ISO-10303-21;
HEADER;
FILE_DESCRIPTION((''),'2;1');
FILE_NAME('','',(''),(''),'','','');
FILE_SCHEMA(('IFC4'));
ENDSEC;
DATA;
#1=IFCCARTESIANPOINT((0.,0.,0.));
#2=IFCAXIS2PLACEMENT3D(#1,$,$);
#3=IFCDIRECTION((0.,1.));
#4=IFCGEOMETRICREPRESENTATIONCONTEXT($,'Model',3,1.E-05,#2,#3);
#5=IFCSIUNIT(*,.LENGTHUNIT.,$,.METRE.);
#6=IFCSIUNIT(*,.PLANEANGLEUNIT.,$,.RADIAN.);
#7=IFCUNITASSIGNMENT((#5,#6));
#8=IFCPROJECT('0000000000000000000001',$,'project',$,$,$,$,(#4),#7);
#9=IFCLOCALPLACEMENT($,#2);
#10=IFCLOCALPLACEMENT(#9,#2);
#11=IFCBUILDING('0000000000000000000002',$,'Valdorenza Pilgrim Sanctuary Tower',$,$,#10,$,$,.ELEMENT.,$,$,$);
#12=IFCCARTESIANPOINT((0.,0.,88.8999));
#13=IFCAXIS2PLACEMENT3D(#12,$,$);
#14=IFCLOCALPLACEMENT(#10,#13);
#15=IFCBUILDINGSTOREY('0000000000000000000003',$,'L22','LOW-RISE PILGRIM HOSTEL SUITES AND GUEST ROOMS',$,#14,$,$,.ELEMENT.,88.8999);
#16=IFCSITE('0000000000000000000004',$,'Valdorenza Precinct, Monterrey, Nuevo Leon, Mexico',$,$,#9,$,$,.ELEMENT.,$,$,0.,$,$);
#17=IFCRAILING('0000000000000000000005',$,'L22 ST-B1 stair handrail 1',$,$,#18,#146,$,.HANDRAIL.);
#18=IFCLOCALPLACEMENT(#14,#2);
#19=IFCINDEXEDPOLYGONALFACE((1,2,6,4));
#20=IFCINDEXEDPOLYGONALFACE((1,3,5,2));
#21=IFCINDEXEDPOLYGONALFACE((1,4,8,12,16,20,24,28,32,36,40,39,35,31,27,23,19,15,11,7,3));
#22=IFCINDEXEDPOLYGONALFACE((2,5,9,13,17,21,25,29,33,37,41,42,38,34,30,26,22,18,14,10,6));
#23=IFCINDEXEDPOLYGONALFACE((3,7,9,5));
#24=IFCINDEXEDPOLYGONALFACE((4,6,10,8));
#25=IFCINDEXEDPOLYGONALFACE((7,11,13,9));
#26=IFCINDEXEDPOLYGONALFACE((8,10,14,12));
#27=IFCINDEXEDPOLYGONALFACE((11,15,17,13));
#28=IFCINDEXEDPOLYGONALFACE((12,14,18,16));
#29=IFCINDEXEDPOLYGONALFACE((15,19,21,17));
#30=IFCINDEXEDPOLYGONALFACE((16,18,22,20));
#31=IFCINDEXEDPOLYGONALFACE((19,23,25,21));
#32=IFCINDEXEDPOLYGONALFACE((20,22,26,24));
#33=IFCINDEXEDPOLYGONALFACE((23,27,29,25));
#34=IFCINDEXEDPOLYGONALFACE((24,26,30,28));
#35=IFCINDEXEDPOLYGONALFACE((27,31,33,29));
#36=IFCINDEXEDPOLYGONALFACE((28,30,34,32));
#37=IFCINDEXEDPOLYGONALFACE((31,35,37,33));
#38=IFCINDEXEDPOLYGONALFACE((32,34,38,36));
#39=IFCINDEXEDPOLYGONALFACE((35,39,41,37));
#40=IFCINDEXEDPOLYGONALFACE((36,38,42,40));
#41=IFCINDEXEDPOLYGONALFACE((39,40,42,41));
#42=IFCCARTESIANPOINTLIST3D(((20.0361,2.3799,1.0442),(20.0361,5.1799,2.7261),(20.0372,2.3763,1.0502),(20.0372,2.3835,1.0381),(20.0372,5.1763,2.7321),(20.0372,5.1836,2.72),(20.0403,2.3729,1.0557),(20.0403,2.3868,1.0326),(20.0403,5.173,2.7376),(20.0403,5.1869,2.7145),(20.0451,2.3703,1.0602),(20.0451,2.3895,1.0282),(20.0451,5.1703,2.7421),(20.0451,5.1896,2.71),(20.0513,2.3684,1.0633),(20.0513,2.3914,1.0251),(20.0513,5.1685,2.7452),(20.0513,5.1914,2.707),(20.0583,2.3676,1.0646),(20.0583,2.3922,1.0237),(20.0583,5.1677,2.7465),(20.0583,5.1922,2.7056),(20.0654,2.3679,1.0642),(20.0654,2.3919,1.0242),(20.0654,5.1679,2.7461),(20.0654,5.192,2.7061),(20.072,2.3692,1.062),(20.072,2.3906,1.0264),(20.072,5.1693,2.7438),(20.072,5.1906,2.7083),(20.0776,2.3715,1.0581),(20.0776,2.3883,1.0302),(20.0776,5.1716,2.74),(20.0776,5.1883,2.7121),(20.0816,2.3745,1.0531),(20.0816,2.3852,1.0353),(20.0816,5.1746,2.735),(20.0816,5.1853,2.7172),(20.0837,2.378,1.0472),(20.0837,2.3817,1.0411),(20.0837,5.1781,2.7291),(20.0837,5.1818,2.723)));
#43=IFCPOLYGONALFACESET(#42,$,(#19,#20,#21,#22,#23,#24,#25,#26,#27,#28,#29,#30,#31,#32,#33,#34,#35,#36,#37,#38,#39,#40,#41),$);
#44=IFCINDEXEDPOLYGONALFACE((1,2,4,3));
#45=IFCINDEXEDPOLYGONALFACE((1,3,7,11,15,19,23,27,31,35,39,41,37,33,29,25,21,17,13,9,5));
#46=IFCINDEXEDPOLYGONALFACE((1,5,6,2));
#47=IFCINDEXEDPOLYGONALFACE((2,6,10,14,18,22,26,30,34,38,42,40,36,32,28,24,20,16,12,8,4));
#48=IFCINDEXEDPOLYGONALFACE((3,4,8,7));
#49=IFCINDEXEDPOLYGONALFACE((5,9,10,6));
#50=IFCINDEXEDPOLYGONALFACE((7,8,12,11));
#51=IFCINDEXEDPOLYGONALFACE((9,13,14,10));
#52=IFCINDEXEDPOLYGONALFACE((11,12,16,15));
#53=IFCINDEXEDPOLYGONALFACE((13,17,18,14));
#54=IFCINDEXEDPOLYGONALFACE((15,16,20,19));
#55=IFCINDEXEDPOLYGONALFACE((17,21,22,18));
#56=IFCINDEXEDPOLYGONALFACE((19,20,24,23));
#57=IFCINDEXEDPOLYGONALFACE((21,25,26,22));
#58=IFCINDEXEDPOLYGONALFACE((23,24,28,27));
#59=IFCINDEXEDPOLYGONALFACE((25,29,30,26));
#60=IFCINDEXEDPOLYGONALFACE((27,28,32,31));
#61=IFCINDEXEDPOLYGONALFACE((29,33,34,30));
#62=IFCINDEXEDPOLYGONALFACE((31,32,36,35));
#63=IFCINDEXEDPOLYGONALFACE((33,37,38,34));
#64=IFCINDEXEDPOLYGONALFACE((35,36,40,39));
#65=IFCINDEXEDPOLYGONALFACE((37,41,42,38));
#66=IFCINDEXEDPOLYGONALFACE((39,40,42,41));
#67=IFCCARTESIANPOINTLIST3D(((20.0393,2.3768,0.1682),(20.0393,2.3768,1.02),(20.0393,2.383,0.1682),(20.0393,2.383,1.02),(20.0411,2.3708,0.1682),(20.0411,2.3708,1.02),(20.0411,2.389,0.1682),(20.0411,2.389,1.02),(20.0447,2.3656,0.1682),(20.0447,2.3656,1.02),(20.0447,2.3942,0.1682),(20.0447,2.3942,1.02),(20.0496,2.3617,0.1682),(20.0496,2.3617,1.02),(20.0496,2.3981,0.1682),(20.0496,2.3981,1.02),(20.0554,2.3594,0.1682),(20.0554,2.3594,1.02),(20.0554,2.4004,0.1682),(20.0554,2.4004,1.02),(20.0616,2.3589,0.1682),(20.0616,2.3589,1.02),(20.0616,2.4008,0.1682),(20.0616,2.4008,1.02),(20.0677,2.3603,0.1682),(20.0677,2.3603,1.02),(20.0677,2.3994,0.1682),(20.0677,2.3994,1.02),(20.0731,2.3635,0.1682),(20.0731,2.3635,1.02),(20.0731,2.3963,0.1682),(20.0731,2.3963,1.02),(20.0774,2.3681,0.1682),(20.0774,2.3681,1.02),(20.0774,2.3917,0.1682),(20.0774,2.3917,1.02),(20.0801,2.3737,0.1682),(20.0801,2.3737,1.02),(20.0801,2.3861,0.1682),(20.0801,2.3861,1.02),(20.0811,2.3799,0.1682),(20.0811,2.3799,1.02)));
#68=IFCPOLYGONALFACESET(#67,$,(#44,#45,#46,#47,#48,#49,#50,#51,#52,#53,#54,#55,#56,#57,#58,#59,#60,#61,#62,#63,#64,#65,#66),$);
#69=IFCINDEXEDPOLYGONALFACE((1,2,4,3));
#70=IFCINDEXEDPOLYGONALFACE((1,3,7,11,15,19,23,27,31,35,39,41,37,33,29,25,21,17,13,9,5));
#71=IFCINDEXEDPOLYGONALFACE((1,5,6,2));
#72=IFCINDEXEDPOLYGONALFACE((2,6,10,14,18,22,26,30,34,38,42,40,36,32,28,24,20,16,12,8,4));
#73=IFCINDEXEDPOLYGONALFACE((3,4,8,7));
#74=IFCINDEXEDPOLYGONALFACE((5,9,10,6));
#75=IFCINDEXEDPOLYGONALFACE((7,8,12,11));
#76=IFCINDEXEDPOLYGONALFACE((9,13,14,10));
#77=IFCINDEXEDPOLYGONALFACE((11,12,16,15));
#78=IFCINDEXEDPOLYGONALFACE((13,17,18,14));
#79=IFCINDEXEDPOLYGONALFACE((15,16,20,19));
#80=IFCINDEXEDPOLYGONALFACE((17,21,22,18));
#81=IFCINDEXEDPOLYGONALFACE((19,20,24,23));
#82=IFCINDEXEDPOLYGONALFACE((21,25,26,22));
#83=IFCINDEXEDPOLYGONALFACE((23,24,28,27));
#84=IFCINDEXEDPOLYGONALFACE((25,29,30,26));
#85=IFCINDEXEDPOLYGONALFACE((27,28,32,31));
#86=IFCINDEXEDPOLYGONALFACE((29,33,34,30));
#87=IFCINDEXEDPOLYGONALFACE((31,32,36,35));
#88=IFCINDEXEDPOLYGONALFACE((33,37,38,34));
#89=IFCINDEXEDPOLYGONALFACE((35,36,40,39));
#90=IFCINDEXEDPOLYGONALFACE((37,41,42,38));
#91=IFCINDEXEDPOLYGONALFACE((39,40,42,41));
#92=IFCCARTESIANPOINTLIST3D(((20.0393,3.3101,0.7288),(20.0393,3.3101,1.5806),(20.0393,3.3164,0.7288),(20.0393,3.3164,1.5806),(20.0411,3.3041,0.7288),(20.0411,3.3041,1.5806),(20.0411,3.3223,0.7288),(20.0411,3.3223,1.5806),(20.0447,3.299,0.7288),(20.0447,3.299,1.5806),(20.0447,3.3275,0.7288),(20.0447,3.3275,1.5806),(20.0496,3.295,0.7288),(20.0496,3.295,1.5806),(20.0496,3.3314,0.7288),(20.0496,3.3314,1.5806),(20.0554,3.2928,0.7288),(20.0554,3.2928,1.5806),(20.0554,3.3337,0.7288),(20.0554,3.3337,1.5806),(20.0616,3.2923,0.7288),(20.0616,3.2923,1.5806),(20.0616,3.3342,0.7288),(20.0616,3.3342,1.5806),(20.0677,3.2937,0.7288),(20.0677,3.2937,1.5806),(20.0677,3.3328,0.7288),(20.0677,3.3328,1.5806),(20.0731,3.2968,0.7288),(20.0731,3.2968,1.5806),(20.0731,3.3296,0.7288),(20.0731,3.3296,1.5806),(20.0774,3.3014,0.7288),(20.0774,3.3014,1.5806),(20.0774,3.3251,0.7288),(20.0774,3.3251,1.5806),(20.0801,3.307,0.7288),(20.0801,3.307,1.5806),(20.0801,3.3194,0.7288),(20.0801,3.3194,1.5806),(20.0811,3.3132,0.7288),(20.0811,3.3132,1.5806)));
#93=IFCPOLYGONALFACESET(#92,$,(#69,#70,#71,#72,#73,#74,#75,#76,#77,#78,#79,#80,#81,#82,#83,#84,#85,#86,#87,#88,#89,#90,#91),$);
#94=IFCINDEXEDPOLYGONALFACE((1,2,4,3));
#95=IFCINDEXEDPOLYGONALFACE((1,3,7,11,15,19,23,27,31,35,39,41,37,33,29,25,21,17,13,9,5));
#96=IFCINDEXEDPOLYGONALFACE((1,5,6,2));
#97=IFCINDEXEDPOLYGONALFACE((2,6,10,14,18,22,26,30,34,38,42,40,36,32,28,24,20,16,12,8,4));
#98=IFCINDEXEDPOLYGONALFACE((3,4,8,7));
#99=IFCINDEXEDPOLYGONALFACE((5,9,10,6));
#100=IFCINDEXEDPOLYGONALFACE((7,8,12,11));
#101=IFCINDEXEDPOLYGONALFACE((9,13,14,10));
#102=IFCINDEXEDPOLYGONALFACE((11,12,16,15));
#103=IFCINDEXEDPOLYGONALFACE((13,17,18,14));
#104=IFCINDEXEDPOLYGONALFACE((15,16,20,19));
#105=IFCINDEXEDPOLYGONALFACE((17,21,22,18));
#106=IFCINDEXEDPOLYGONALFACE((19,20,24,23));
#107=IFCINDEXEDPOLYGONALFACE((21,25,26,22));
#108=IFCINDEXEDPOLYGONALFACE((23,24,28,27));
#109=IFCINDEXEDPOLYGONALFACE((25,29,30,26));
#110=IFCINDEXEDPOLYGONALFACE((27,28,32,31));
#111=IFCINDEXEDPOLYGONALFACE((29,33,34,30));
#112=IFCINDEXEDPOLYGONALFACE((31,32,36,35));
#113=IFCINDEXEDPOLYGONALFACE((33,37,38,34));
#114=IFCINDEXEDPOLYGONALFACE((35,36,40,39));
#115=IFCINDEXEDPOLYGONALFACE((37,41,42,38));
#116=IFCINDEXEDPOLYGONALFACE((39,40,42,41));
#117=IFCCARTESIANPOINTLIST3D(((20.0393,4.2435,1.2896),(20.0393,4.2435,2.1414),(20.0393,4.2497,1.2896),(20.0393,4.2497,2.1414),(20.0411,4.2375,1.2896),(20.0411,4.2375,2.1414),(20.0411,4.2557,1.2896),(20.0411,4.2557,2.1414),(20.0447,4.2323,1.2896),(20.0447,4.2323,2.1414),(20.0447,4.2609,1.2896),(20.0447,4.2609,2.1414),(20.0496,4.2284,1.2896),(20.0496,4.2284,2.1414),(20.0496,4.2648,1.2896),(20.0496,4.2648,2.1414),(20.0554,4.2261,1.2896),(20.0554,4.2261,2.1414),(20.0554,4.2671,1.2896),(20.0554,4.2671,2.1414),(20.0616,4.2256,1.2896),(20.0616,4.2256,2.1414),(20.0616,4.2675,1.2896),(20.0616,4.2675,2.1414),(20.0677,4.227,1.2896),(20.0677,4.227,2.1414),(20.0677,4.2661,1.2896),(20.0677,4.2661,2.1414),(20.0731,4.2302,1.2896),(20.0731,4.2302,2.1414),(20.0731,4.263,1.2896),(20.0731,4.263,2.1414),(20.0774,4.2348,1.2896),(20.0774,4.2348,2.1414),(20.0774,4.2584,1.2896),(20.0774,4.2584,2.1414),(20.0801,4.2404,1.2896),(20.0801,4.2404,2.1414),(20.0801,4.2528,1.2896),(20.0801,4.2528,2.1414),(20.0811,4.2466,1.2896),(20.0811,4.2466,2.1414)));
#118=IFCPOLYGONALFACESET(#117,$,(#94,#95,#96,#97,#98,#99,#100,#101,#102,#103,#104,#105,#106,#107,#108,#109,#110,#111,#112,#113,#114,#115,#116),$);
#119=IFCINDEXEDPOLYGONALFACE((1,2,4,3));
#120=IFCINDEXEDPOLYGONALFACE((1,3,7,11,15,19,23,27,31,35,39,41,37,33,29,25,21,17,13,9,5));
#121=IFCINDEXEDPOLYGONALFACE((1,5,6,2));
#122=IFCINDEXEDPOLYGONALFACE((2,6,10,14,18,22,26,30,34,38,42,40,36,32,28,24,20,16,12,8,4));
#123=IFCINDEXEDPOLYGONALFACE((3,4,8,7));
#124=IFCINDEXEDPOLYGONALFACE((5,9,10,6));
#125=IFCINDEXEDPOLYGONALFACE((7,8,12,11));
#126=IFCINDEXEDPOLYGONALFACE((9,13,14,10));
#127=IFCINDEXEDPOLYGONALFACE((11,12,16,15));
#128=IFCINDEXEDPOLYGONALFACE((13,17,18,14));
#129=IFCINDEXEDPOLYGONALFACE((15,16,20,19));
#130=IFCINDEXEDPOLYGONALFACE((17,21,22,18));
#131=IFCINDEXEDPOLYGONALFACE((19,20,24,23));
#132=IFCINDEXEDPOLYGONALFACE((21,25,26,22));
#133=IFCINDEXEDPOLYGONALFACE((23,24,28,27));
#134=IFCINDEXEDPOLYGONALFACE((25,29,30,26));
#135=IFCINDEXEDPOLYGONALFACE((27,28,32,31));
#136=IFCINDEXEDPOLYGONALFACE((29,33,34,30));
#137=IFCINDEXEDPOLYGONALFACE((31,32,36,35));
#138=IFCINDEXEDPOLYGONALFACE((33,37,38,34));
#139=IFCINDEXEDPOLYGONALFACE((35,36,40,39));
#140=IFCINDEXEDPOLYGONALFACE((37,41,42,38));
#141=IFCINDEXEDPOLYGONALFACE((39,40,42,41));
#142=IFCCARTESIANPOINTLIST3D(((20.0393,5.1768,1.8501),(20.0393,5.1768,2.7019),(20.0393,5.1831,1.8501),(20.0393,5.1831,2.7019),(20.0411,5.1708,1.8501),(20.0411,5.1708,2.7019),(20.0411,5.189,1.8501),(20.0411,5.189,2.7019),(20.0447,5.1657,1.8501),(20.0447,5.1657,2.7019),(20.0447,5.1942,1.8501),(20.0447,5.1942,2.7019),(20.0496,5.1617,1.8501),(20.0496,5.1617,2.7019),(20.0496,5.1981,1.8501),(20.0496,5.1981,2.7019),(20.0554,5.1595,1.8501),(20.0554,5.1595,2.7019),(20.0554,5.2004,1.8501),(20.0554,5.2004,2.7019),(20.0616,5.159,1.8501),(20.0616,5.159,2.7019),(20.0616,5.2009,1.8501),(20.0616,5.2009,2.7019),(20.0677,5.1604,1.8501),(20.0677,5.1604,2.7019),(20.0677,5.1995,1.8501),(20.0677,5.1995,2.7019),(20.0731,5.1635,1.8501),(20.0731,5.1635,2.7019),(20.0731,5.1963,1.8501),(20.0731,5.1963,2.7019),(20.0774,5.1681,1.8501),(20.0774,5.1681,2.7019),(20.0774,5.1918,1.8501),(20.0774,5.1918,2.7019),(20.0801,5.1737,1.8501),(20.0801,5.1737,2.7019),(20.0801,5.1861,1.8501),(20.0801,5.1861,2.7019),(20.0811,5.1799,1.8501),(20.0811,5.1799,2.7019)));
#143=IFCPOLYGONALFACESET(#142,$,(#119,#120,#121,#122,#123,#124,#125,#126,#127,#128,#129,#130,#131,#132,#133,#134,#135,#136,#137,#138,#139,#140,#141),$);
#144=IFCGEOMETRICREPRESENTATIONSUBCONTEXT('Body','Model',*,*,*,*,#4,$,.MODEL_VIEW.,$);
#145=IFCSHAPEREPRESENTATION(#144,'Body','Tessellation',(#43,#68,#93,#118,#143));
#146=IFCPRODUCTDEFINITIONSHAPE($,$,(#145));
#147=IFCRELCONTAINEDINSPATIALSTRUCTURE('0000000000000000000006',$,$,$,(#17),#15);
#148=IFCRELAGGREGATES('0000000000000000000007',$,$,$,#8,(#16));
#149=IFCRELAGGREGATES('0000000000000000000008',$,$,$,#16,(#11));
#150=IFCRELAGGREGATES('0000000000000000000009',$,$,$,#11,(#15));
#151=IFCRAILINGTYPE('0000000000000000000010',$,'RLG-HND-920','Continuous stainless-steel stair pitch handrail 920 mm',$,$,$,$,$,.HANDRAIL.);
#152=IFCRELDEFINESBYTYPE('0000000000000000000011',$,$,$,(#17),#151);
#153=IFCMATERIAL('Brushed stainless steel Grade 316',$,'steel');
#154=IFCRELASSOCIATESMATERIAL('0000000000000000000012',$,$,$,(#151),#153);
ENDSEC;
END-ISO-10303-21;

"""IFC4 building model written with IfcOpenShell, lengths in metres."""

from ifc_helpers import new_model, si_unit, direction, frame, origin, origin_2d, place, context, subcontext, project, spatial, circle, extrude, material, type_object, element, save


model = new_model("IFC4")

# Units and contexts
model_context = context("Model", 3, precision=1e-05, world=origin(), true_north=direction((0.0, 1.0)))
body_context = subcontext(model_context, "Body", "Model", "MODEL_VIEW")
ifc_project = project(units=[si_unit("LENGTHUNIT", "METRE"), si_unit("PLANEANGLEUNIT", "RADIAN")], contexts=[model_context])

# Site, building, storey
site_placement = place(None, origin())
site = spatial("IfcSite", under=ifc_project, at=site_placement, Name="Valdorenza Precinct, Monterrey, Nuevo Leon, Mexico", CompositionType="ELEMENT", RefElevation=0.0)
building_placement = place(site_placement, origin())
building = spatial("IfcBuilding", under=site, at=building_placement, Name="Valdorenza Pilgrim Sanctuary Tower", CompositionType="ELEMENT")
storey_placement = place(building_placement, frame((0.0, 0.0, 88.8999)))
storey = spatial("IfcBuildingStorey", under=building, at=storey_placement, Name="L22", Description="LOW-RISE PILGRIM HOSTEL SUITES AND GUEST ROOMS", CompositionType="ELEMENT", Elevation=88.8999)

# Railing
ifc_material_1 = material(Name="Brushed stainless steel Grade 316", Category="steel")
railing_type_1 = type_object("IfcRailingType", Name="RLG-HND-920", Description="Continuous stainless-steel stair pitch handrail 920 mm", PredefinedType="HANDRAIL", material=ifc_material_1)
railing_1_placement = place(storey_placement, frame((20.0601, 2.3799, 0.1682)))
element("IfcRailing", 1, at=railing_1_placement, inside=storey, type_object=railing_type_1, Name="L22 ST-B1 stair handrail 1", PredefinedType="HANDRAIL", context=body_context, shape_type="SweptSolid", body=[
    extrude(circle(Radius=0.0239, at=origin_2d()), frame((0.0, 0.0, 0.876), z_axis=(0.0, 0.857242, 0.514913), x_axis=(-1.0, 0.0, 0.0)), (0.0, 0.0, 1.0), 3.2664),
    extrude(circle(Radius=0.021, at=origin_2d()), origin(), (0.0, 0.0, 1.0), 0.8518),
    extrude(circle(Radius=0.021, at=origin_2d()), frame((0.0, 0.9333, 0.5605)), (0.0, 0.0, 1.0), 0.8518),
    extrude(circle(Radius=0.021, at=origin_2d()), frame((0.0, 1.8667, 1.1213)), (0.0, 0.0, 1.0), 0.8518),
    extrude(circle(Radius=0.021, at=origin_2d()), frame((0.0, 2.8, 1.6819)), (0.0, 0.0, 1.0), 0.8518),
])

save(model, "model.ifc")
